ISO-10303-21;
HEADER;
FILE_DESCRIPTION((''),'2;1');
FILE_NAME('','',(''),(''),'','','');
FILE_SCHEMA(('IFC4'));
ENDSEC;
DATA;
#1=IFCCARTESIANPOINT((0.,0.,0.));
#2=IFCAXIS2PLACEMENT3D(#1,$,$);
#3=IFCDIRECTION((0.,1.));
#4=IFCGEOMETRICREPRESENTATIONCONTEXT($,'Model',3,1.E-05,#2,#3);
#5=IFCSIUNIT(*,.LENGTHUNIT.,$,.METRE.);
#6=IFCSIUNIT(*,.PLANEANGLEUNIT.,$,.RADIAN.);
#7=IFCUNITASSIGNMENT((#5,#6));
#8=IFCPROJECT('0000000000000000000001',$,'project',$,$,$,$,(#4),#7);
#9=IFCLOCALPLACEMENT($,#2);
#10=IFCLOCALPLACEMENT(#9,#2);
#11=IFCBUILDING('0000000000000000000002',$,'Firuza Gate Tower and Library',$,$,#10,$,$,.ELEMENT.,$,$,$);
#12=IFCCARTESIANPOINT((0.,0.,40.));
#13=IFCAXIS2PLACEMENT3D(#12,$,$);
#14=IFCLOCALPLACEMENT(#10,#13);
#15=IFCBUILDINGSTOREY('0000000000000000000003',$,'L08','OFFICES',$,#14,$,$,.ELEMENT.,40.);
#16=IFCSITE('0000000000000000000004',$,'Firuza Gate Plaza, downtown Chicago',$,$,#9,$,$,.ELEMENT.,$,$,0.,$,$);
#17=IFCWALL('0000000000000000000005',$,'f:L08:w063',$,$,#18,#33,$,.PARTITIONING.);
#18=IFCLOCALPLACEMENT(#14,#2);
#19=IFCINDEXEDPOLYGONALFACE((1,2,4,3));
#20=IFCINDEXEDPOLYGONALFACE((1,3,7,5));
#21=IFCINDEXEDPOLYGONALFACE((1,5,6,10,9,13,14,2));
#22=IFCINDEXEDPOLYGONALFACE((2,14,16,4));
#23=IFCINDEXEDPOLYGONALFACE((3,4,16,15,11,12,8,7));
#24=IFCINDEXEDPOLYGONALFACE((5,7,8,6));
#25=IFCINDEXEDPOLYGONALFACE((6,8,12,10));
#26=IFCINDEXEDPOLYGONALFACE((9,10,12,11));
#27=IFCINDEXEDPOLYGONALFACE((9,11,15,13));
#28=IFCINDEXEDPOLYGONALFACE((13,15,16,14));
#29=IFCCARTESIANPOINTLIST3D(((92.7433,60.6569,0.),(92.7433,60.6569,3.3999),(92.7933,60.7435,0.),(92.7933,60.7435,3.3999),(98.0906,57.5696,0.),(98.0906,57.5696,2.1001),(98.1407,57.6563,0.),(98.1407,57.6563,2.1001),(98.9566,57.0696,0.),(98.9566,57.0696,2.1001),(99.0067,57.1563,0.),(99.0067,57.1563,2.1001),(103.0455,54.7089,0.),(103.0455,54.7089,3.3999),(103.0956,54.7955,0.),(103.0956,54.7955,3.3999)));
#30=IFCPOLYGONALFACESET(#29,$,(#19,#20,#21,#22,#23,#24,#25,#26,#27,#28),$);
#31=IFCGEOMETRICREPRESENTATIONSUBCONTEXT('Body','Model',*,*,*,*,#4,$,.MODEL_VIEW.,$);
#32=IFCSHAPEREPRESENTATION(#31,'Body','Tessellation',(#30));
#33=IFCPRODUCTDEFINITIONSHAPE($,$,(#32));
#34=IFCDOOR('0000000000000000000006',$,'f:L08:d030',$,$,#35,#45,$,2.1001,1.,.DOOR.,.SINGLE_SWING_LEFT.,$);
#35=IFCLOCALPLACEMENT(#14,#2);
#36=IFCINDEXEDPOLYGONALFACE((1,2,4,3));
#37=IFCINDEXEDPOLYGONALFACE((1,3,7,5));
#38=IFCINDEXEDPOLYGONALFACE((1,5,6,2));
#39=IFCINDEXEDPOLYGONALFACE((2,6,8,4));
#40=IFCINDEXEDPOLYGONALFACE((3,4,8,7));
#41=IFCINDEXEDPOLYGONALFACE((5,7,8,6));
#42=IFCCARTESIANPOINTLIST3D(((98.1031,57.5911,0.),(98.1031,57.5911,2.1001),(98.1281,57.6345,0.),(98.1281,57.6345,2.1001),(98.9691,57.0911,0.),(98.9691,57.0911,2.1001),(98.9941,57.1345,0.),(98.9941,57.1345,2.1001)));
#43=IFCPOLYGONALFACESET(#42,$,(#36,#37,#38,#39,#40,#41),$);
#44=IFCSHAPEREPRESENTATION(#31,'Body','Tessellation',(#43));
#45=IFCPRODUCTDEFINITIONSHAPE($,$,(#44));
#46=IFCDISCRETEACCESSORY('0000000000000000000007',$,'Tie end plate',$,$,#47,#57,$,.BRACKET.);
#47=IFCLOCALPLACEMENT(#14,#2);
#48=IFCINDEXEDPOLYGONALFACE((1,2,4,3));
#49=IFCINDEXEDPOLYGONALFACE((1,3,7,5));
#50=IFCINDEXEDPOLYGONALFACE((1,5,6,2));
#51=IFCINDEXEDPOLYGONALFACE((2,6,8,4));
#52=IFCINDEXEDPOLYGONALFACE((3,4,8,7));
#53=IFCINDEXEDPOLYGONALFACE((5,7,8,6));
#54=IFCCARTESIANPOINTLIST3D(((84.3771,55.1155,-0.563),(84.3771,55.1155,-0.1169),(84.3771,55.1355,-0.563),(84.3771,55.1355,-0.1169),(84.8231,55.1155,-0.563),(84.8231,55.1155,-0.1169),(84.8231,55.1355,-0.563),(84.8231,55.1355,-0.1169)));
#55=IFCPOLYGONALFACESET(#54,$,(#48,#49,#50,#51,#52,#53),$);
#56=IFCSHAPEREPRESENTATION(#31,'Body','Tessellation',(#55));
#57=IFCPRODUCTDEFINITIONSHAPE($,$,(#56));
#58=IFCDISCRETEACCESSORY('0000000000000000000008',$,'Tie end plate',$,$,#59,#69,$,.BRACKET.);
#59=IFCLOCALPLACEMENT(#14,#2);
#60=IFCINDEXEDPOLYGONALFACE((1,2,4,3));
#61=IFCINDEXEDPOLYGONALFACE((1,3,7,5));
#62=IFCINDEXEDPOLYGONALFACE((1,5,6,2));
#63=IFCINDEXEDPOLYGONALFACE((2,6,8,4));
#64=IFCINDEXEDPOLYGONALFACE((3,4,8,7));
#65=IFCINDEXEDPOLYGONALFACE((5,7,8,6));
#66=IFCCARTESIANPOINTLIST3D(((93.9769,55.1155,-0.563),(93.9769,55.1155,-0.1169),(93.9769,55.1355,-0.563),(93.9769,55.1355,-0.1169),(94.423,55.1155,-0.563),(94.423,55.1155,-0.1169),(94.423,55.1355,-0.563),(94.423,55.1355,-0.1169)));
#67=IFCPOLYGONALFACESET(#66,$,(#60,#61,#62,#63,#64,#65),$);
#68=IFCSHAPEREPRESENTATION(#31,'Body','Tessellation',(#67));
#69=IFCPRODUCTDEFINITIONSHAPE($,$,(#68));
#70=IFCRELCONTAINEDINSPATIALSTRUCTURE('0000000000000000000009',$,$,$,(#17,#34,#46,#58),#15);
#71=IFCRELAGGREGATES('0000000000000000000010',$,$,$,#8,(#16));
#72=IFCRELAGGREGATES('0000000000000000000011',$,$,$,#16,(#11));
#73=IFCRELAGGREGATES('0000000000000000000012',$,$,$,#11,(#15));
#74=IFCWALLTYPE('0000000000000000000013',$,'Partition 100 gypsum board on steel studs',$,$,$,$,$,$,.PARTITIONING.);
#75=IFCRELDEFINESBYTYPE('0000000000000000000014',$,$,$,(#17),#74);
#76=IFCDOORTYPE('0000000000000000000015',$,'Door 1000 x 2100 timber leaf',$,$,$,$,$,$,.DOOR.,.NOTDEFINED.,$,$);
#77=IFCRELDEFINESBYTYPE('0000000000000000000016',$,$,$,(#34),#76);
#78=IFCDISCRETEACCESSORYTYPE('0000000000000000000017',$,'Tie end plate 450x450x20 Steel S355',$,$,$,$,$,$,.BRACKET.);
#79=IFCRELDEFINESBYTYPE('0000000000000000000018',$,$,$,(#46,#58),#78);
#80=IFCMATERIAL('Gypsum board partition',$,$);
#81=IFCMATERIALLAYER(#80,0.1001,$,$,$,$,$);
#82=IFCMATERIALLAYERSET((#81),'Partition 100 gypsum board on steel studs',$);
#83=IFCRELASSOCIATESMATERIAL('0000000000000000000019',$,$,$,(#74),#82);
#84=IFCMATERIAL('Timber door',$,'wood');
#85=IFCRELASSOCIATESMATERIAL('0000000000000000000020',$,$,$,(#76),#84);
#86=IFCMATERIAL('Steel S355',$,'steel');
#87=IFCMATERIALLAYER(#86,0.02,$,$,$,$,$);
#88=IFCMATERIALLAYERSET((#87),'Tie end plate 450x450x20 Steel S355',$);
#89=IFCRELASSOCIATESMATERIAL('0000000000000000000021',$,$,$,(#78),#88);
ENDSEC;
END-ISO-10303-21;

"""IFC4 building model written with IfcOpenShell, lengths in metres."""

from ifc_helpers import new_model, si_unit, direction, frame, frame_2d, origin, origin_2d, place, context, subcontext, project, spatial, rectangle, extrude, material, layer, layer_set, type_object, element, fill, save


model = new_model("IFC4")

# Units and contexts
model_context = context("Model", 3, precision=1e-05, world=origin(), true_north=direction((0.0, 1.0)))
body_context = subcontext(model_context, "Body", "Model", "MODEL_VIEW")
ifc_project = project(units=[si_unit("LENGTHUNIT", "METRE"), si_unit("PLANEANGLEUNIT", "RADIAN")], contexts=[model_context])

# Site, building, storey
site_placement = place(None, origin())
site = spatial("IfcSite", under=ifc_project, at=site_placement, Name="Firuza Gate Plaza, downtown Chicago", CompositionType="ELEMENT", RefElevation=0.0)
building_placement = place(site_placement, origin())
building = spatial("IfcBuilding", under=site, at=building_placement, Name="Firuza Gate Tower and Library", CompositionType="ELEMENT")
storey_placement = place(building_placement, frame((0.0, 0.0, 40.0)))
storey = spatial("IfcBuildingStorey", under=building, at=storey_placement, Name="L08", Description="OFFICES", CompositionType="ELEMENT", Elevation=40.0)

# Shared definitions
ifc_material_1 = material(Name="Gypsum board partition")
ifc_layer_1 = layer(ifc_material_1, 0.1001)
ifc_layer_set_1 = layer_set([ifc_layer_1], Name="Partition 100 gypsum board on steel studs")
wall_type_1 = type_object("IfcWallType", Name="Partition 100 gypsum board on steel studs", PredefinedType="PARTITIONING", material=ifc_layer_set_1)

# Wall, opening, door
wall_1_placement = place(storey_placement, frame((92.7683, 60.7002, 0.0), z_axis=(0.0, 0.0, 1.0), x_axis=(0.866026, -0.5, 0.0)))
wall_1 = element("IfcWall", 1, at=wall_1_placement, inside=storey, type_object=wall_type_1, Name="f:L08:w063", PredefinedType="PARTITIONING", context=body_context, shape_type="SweptSolid", body=[
    extrude(rectangle(XDim=11.896, YDim=0.1001, at=frame_2d((5.948, 0.0))), origin(), (0.0, 0.0, 1.0), 3.3999),
])
opening_1_placement = place(wall_1_placement, frame((6.1746, 0.0, 0.0)))
opening_1 = element("IfcOpeningElement", 2, at=opening_1_placement, cuts=wall_1, PredefinedType="OPENING", context=body_context, shape_type="SweptSolid", body=[
    extrude(rectangle(XDim=1.0, YDim=2.1001, at=frame_2d((0.5, 1.05))), frame((0.0, 0.0601, 0.0), z_axis=(0.0, -1.0, 0.0), x_axis=(1.0, 0.0, 0.0)), (0.0, 0.0, 1.0), 0.1201),
])
ifc_material_2 = material(Name="Timber door", Category="wood")
door_type_1 = type_object("IfcDoorType", Name="Door 1000 x 2100 timber leaf", OperationType="NOTDEFINED", PredefinedType="DOOR", material=ifc_material_2)
door_1_placement = place(opening_1_placement, origin())
door_1 = element("IfcDoor", 3, at=door_1_placement, inside=storey, type_object=door_type_1, Name="f:L08:d030", OperationType="SINGLE_SWING_LEFT", OverallHeight=2.1001, OverallWidth=1.0, PredefinedType="DOOR", context=body_context, shape_type="SweptSolid", body=[
    extrude(rectangle(XDim=1.0, YDim=2.1001, at=frame_2d((0.5, 1.05))), frame((0.0, 0.0249, 0.0), z_axis=(0.0, -1.0, 0.0), x_axis=(1.0, 0.0, 0.0)), (0.0, 0.0, 1.0), 0.05),
])
fill(opening_1, door_1)

# Discrete accessories
ifc_material_3 = material(Name="Steel S355", Category="steel")
ifc_layer_2 = layer(ifc_material_3, 0.02)
ifc_layer_set_2 = layer_set([ifc_layer_2], Name="Tie end plate 450x450x20 Steel S355")
discrete_accessory_type = type_object("IfcDiscreteAccessoryType", Name="Tie end plate 450x450x20 Steel S355", PredefinedType="BRACKET", material=ifc_layer_set_2)
for number, where, z_axis, x_axis, name in (
    (4, (84.6001, 55.1255, -0.563), (0.0, 0.0, 1.0), (0.0, 1.0, 0.0), "Tie end plate"),
    (5, (94.2, 55.1255, -0.563), (0.0, 0.0, 1.0), (0.0, 1.0, 0.0), "Tie end plate"),
):
    element("IfcDiscreteAccessory", number, at=place(storey_placement, frame(where, z_axis=z_axis, x_axis=x_axis)), inside=storey, type_object=discrete_accessory_type, Name=name, PredefinedType="BRACKET", context=body_context, shape_type="SweptSolid", body=[
        extrude(rectangle(XDim=0.02, YDim=0.446, at=origin_2d()), origin(), (0.0, 0.0, 1.0), 0.446),
    ])

save(model, "model.ifc")
